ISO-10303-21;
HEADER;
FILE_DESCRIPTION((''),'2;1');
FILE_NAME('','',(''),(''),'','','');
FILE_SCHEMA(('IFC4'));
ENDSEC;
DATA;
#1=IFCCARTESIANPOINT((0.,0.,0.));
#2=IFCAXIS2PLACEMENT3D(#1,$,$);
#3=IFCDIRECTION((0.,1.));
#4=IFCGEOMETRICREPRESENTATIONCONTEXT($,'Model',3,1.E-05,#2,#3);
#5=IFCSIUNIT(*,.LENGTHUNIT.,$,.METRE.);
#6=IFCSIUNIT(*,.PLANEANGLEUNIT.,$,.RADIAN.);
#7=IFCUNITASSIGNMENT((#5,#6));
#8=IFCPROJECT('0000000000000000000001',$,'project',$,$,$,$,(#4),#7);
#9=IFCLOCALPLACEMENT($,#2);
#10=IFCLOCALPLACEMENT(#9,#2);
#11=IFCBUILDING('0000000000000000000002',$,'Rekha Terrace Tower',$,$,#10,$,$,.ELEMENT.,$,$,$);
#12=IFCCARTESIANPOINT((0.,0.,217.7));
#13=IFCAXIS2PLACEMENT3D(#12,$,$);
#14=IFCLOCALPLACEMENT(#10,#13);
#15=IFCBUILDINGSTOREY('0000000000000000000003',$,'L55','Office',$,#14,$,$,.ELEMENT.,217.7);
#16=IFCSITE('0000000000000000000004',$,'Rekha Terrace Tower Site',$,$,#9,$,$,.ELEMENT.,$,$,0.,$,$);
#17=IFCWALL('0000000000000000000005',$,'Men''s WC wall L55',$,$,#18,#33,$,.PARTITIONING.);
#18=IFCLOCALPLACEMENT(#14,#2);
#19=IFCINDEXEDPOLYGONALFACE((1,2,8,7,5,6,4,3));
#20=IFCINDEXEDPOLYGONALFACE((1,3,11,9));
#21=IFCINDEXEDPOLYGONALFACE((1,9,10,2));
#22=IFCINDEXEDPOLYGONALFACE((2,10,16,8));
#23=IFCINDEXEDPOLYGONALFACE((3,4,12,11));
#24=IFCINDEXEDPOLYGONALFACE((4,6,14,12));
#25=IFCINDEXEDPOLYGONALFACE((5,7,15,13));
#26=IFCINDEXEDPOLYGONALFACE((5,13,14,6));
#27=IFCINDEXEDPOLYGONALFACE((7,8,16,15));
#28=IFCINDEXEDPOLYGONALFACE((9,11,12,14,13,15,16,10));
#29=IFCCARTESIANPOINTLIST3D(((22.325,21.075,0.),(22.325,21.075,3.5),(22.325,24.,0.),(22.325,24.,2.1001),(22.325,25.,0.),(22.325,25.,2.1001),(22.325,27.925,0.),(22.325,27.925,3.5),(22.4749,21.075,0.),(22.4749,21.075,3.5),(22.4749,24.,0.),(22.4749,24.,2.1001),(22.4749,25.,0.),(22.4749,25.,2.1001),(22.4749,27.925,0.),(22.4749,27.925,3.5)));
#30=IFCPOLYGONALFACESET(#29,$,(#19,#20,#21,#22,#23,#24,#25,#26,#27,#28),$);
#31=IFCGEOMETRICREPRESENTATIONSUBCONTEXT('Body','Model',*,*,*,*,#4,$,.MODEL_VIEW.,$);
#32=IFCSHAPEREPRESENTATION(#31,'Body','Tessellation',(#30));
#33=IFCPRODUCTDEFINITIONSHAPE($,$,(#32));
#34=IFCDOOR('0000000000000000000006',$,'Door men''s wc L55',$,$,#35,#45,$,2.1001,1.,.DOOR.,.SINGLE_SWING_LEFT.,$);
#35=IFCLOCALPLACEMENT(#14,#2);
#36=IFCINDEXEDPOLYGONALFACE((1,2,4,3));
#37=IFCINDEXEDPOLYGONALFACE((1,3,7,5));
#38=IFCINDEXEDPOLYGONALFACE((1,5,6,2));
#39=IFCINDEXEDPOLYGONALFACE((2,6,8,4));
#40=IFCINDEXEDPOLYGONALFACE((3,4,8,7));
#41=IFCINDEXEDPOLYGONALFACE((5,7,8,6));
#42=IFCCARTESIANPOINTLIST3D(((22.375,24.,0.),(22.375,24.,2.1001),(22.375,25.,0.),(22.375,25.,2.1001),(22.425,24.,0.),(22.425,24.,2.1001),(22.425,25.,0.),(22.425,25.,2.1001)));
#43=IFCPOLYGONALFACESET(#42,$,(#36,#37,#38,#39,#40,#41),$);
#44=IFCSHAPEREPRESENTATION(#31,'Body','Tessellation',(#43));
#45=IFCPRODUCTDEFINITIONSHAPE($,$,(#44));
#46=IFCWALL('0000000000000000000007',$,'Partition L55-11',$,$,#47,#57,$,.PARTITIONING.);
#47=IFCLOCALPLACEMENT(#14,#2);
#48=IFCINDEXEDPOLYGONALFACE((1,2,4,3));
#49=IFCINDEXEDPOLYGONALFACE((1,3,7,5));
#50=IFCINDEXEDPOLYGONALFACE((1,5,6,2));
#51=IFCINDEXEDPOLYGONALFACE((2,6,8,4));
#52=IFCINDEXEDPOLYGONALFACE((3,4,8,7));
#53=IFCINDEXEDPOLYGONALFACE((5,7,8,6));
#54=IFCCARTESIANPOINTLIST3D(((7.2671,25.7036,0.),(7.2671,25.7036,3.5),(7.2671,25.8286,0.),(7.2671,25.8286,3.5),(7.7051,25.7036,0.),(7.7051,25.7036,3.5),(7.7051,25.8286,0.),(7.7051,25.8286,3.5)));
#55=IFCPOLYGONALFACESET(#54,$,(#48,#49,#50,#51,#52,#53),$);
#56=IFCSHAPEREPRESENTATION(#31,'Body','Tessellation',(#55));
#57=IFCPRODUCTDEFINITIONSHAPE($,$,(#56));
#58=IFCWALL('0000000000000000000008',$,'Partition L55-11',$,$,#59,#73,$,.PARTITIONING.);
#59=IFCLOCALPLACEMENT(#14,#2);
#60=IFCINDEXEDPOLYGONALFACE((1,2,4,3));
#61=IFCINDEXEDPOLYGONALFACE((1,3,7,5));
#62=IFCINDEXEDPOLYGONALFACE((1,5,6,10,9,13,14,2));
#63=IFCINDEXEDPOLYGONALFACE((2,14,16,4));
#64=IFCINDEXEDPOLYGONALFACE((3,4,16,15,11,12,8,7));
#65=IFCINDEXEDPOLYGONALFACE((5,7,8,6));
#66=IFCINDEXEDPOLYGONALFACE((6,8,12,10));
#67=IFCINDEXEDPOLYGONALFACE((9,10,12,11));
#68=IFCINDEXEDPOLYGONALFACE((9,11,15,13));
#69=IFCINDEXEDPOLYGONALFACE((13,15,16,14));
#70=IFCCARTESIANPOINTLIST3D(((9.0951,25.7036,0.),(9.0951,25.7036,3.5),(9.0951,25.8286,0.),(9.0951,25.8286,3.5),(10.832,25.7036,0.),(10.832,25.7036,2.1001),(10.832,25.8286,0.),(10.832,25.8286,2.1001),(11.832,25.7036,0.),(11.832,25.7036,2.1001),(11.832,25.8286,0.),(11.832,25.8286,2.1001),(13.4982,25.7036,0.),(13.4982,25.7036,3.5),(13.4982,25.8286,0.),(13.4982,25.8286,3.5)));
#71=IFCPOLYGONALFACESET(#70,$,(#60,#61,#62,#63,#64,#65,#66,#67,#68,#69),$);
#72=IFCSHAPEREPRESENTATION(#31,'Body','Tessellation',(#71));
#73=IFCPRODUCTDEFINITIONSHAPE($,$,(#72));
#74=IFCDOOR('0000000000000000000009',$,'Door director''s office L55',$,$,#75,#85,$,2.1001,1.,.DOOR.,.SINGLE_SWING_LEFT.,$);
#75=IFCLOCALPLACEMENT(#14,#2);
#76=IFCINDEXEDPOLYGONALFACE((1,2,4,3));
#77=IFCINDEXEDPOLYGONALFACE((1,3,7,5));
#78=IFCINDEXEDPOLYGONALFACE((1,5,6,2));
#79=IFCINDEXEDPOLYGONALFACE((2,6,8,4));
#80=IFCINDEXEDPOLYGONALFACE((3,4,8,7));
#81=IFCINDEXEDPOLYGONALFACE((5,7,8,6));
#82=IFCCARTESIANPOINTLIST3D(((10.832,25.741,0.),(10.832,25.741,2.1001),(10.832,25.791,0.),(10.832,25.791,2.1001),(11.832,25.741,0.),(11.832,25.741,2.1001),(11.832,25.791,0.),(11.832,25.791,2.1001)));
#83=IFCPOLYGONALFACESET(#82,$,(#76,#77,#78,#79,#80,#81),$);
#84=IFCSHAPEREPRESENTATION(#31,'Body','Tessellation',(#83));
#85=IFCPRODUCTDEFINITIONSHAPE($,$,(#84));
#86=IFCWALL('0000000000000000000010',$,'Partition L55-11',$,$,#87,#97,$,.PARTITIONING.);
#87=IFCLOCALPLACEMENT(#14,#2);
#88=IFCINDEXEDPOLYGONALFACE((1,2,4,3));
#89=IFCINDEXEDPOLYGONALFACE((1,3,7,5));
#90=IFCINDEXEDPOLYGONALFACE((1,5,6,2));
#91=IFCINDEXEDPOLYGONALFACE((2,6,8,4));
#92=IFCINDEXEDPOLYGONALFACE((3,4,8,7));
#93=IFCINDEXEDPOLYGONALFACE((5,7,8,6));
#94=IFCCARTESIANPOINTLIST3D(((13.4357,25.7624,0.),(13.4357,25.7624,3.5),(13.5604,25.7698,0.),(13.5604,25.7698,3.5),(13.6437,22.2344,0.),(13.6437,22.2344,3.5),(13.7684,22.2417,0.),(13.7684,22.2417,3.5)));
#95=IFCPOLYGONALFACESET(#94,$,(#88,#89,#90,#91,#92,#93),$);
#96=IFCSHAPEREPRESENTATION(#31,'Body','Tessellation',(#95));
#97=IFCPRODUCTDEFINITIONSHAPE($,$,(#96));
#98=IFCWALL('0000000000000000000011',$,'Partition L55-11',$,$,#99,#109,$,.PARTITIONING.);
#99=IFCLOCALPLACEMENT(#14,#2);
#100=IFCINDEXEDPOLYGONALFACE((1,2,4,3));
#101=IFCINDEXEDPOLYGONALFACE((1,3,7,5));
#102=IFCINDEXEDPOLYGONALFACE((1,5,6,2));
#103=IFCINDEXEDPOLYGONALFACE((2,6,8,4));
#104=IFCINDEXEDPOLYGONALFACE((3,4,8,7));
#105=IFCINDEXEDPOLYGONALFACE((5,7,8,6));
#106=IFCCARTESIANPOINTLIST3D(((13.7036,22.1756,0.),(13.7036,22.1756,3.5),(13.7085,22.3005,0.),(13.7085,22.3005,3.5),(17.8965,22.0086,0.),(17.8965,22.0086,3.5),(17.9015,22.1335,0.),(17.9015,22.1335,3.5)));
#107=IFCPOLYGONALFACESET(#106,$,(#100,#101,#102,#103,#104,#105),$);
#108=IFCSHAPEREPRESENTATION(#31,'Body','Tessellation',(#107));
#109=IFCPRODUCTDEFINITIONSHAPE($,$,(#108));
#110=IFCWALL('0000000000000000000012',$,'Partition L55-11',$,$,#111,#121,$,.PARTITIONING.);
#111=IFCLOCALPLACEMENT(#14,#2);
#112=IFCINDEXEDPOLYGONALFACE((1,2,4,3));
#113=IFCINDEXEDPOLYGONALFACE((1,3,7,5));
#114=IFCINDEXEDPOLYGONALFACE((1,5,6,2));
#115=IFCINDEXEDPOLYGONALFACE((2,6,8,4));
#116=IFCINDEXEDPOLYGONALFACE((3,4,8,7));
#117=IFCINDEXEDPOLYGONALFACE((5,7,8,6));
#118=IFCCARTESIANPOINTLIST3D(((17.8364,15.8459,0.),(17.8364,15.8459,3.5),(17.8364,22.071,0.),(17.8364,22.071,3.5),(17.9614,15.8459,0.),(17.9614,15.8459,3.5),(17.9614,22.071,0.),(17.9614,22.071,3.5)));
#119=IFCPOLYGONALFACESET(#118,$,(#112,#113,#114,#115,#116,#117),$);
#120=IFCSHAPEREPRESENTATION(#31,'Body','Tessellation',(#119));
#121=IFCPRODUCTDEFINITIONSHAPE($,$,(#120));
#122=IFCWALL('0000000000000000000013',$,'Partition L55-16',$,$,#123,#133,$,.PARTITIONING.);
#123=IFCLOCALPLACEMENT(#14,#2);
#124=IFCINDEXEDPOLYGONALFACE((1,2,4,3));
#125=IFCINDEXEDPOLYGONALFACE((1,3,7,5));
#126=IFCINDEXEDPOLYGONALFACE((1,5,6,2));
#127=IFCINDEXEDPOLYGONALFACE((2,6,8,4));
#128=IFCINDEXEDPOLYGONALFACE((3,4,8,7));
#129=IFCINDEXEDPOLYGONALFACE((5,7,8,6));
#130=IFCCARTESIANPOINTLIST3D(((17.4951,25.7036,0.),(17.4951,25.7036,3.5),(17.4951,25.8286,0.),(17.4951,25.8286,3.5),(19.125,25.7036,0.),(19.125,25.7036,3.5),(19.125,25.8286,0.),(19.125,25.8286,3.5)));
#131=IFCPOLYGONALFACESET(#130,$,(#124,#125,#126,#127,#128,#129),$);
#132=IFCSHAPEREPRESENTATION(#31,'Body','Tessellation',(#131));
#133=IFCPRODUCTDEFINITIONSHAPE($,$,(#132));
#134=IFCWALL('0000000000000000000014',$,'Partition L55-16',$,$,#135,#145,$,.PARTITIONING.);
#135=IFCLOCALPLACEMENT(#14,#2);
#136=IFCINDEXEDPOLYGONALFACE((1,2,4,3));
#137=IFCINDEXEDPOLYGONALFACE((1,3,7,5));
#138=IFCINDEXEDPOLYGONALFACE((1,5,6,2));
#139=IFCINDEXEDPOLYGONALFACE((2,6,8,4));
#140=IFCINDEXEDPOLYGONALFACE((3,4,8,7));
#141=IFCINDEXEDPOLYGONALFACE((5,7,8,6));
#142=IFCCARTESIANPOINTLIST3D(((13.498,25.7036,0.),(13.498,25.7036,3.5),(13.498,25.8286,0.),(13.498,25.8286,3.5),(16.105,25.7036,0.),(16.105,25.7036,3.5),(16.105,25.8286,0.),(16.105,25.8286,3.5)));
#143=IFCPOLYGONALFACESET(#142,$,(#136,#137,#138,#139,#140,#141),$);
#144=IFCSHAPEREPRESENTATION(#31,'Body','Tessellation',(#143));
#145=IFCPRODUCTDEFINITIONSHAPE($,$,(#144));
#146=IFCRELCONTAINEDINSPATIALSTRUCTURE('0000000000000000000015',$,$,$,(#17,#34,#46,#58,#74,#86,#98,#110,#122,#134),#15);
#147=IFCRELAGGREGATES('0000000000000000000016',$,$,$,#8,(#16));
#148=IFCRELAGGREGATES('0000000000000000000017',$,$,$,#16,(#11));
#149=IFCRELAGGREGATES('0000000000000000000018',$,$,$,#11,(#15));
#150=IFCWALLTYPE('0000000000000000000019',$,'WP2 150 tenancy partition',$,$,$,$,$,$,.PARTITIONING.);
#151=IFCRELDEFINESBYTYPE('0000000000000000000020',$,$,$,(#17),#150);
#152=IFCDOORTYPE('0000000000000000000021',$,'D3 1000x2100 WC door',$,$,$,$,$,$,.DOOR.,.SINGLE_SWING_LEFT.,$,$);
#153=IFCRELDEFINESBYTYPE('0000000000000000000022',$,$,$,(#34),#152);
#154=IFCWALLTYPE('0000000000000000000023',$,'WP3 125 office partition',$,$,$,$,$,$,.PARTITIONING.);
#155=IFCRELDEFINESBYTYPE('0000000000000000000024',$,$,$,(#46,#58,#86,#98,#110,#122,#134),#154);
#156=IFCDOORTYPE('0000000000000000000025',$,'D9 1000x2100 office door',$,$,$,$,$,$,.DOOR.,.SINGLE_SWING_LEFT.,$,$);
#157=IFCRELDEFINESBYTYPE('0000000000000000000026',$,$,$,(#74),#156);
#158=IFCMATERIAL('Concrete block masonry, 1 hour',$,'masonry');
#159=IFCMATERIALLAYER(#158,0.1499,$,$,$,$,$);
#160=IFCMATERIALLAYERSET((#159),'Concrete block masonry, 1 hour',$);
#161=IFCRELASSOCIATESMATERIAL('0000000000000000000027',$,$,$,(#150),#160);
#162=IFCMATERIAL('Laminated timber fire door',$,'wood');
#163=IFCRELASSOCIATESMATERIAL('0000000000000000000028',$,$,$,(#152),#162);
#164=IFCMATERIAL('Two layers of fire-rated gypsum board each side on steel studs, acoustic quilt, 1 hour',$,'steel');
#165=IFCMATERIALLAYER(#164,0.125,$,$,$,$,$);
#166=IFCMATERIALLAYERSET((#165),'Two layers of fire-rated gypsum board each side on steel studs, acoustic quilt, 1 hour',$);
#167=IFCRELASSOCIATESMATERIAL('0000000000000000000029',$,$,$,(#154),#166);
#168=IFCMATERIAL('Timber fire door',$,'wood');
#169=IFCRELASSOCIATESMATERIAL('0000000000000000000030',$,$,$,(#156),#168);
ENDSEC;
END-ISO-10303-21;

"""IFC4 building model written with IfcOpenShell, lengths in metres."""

from ifc_helpers import new_model, si_unit, direction, frame, frame_2d, origin, place, context, subcontext, project, spatial, rectangle, extrude, material, layer, layer_set, type_object, element, fill, save


model = new_model("IFC4")

# Units and contexts
model_context = context("Model", 3, precision=1e-05, world=origin(), true_north=direction((0.0, 1.0)))
body_context = subcontext(model_context, "Body", "Model", "MODEL_VIEW")
ifc_project = project(units=[si_unit("LENGTHUNIT", "METRE"), si_unit("PLANEANGLEUNIT", "RADIAN")], contexts=[model_context])

# Site, building, storey
site_placement = place(None, origin())
site = spatial("IfcSite", under=ifc_project, at=site_placement, Name="Rekha Terrace Tower Site", CompositionType="ELEMENT", RefElevation=0.0)
building_placement = place(site_placement, origin())
building = spatial("IfcBuilding", under=site, at=building_placement, Name="Rekha Terrace Tower", CompositionType="ELEMENT")
storey_placement = place(building_placement, frame((0.0, 0.0, 217.7)))
storey = spatial("IfcBuildingStorey", under=building, at=storey_placement, Name="L55", Description="Office", CompositionType="ELEMENT", Elevation=217.7)

# Shared definitions
ifc_material_1 = material(Name="Concrete block masonry, 1 hour", Category="masonry")
ifc_layer_1 = layer(ifc_material_1, 0.1499)
ifc_layer_set_1 = layer_set([ifc_layer_1], Name="Concrete block masonry, 1 hour")
wall_type_1 = type_object("IfcWallType", Name="WP2 150 tenancy partition", PredefinedType="PARTITIONING", material=ifc_layer_set_1)

# Wall, opening, door
wall_1_placement = place(storey_placement, frame((22.3999, 21.075, 0.0), z_axis=(0.0, 0.0, 1.0), x_axis=(0.0, 1.0, 0.0)))
wall_1 = element("IfcWall", 1, at=wall_1_placement, inside=storey, type_object=wall_type_1, Name="Men's WC wall L55", PredefinedType="PARTITIONING", context=body_context, shape_type="SweptSolid", body=[
    extrude(rectangle(XDim=6.8501, YDim=0.1499, at=frame_2d((3.425, 0.0))), origin(), (0.0, 0.0, 1.0), 3.5),
])
opening_1_placement = place(wall_1_placement, frame((2.925, 0.0, 0.0)))
opening_1 = element("IfcOpeningElement", 2, at=opening_1_placement, cuts=wall_1, PredefinedType="OPENING", context=body_context, shape_type="SweptSolid", body=[
    extrude(rectangle(XDim=1.0, YDim=2.1001, at=frame_2d((0.5, 1.05))), frame((0.0, 0.085, 0.0), z_axis=(0.0, -1.0, 0.0), x_axis=(1.0, 0.0, 0.0)), (0.0, 0.0, 1.0), 0.1699),
])
ifc_material_2 = material(Name="Laminated timber fire door", Category="wood")
door_type_1 = type_object("IfcDoorType", Name="D3 1000x2100 WC door", OperationType="SINGLE_SWING_LEFT", PredefinedType="DOOR", material=ifc_material_2)
door_1_placement = place(opening_1_placement, origin())
door_1 = element("IfcDoor", 3, at=door_1_placement, inside=storey, type_object=door_type_1, Name="Door men's wc L55", OperationType="SINGLE_SWING_LEFT", OverallHeight=2.1001, OverallWidth=1.0, PredefinedType="DOOR", context=body_context, shape_type="SweptSolid", body=[
    extrude(rectangle(XDim=1.0, YDim=2.1001, at=frame_2d((0.5, 1.05))), frame((0.0, 0.0249, 0.0), z_axis=(0.0, -1.0, 0.0), x_axis=(1.0, 0.0, 0.0)), (0.0, 0.0, 1.0), 0.05),
])
fill(opening_1, door_1)

# Wall
ifc_material_3 = material(Name="Two layers of fire-rated gypsum board each side on steel studs, acoustic quilt, 1 hour", Category="steel")
ifc_layer_2 = layer(ifc_material_3, 0.125)
ifc_layer_set_2 = layer_set([ifc_layer_2], Name="Two layers of fire-rated gypsum board each side on steel studs, acoustic quilt, 1 hour")
wall_type_2 = type_object("IfcWallType", Name="WP3 125 office partition", PredefinedType="PARTITIONING", material=ifc_layer_set_2)
wall_2_placement = place(storey_placement, frame((7.2671, 25.7661, 0.0), z_axis=(0.0, 0.0, 1.0), x_axis=(1.0, 0.0, 0.0)))
element("IfcWall", 4, at=wall_2_placement, inside=storey, type_object=wall_type_2, Name="Partition L55-11", PredefinedType="PARTITIONING", context=body_context, shape_type="SweptSolid", body=[
    extrude(rectangle(XDim=0.438, YDim=0.125, at=frame_2d((0.219, 0.0))), origin(), (0.0, 0.0, 1.0), 3.5),
])

# Wall, opening, door
wall_3_placement = place(storey_placement, frame((9.095, 25.7661, 0.0), z_axis=(0.0, 0.0, 1.0), x_axis=(1.0, 0.0, 0.0)))
wall_3 = element("IfcWall", 5, at=wall_3_placement, inside=storey, type_object=wall_type_2, Name="Partition L55-11", PredefinedType="PARTITIONING", context=body_context, shape_type="SweptSolid", body=[
    extrude(rectangle(XDim=4.4031, YDim=0.125, at=frame_2d((2.2017, 0.0))), origin(), (0.0, 0.0, 1.0), 3.5),
])
opening_2_placement = place(wall_3_placement, frame((1.7371, 0.0, 0.0)))
opening_2 = element("IfcOpeningElement", 6, at=opening_2_placement, cuts=wall_3, PredefinedType="OPENING", context=body_context, shape_type="SweptSolid", body=[
    extrude(rectangle(XDim=1.0, YDim=2.1001, at=frame_2d((0.5, 1.05))), frame((0.0, 0.0725, 0.0), z_axis=(0.0, -1.0, 0.0), x_axis=(1.0, 0.0, 0.0)), (0.0, 0.0, 1.0), 0.145),
])
ifc_material_4 = material(Name="Timber fire door", Category="wood")
door_type_2 = type_object("IfcDoorType", Name="D9 1000x2100 office door", OperationType="SINGLE_SWING_LEFT", PredefinedType="DOOR", material=ifc_material_4)
door_2_placement = place(opening_2_placement, origin())
door_2 = element("IfcDoor", 7, at=door_2_placement, inside=storey, type_object=door_type_2, Name="Door director's office L55", OperationType="SINGLE_SWING_LEFT", OverallHeight=2.1001, OverallWidth=1.0, PredefinedType="DOOR", context=body_context, shape_type="SweptSolid", body=[
    extrude(rectangle(XDim=1.0, YDim=2.1001, at=frame_2d((0.5, 1.05))), frame((0.0, 0.0249, 0.0), z_axis=(0.0, -1.0, 0.0), x_axis=(1.0, 0.0, 0.0)), (0.0, 0.0, 1.0), 0.05),
])
fill(opening_2, door_2)

# Walls
wall_4_placement = place(storey_placement, frame((13.498, 25.7661, 0.0), z_axis=(0.0, 0.0, 1.0), x_axis=(0.058856, -0.998267, 0.0)))
element("IfcWall", 8, at=wall_4_placement, inside=storey, type_object=wall_type_2, Name="Partition L55-11", PredefinedType="PARTITIONING", context=body_context, shape_type="SweptSolid", body=[
    extrude(rectangle(XDim=3.5342, YDim=0.125, at=frame_2d((1.7671, 0.0))), origin(), (0.0, 0.0, 1.0), 3.5),
])
wall_5_placement = place(storey_placement, frame((13.7061, 22.238, 0.0), z_axis=(0.0, 0.0, 1.0), x_axis=(0.999208, -0.039796, 0.0)))
element("IfcWall", 9, at=wall_5_placement, inside=storey, type_object=wall_type_2, Name="Partition L55-11", PredefinedType="PARTITIONING", context=body_context, shape_type="SweptSolid", body=[
    extrude(rectangle(XDim=4.1963, YDim=0.125, at=frame_2d((2.0981, 0.0))), origin(), (0.0, 0.0, 1.0), 3.5),
])
wall_6_placement = place(storey_placement, frame((17.8989, 22.071, 0.0), z_axis=(0.0, 0.0, 1.0), x_axis=(0.0, -1.0, 0.0)))
element("IfcWall", 10, at=wall_6_placement, inside=storey, type_object=wall_type_2, Name="Partition L55-11", PredefinedType="PARTITIONING", context=body_context, shape_type="SweptSolid", body=[
    extrude(rectangle(XDim=6.2251, YDim=0.125, at=frame_2d((3.1125, 0.0))), origin(), (0.0, 0.0, 1.0), 3.5),
])
wall_7_placement = place(storey_placement, frame((19.125, 25.7661, 0.0), z_axis=(0.0, 0.0, 1.0), x_axis=(-1.0, 0.0, 0.0)))
element("IfcWall", 11, at=wall_7_placement, inside=storey, type_object=wall_type_2, Name="Partition L55-16", PredefinedType="PARTITIONING", context=body_context, shape_type="SweptSolid", body=[
    extrude(rectangle(XDim=1.6299, YDim=0.125, at=frame_2d((0.8149, 0.0))), origin(), (0.0, 0.0, 1.0), 3.5),
])
wall_8_placement = place(storey_placement, frame((16.105, 25.7661, 0.0), z_axis=(0.0, 0.0, 1.0), x_axis=(-1.0, 0.0, 0.0)))
element("IfcWall", 12, at=wall_8_placement, inside=storey, type_object=wall_type_2, Name="Partition L55-16", PredefinedType="PARTITIONING", context=body_context, shape_type="SweptSolid", body=[
    extrude(rectangle(XDim=2.6069, YDim=0.125, at=frame_2d((1.3035, 0.0))), origin(), (0.0, 0.0, 1.0), 3.5),
])

save(model, "model.ifc")
